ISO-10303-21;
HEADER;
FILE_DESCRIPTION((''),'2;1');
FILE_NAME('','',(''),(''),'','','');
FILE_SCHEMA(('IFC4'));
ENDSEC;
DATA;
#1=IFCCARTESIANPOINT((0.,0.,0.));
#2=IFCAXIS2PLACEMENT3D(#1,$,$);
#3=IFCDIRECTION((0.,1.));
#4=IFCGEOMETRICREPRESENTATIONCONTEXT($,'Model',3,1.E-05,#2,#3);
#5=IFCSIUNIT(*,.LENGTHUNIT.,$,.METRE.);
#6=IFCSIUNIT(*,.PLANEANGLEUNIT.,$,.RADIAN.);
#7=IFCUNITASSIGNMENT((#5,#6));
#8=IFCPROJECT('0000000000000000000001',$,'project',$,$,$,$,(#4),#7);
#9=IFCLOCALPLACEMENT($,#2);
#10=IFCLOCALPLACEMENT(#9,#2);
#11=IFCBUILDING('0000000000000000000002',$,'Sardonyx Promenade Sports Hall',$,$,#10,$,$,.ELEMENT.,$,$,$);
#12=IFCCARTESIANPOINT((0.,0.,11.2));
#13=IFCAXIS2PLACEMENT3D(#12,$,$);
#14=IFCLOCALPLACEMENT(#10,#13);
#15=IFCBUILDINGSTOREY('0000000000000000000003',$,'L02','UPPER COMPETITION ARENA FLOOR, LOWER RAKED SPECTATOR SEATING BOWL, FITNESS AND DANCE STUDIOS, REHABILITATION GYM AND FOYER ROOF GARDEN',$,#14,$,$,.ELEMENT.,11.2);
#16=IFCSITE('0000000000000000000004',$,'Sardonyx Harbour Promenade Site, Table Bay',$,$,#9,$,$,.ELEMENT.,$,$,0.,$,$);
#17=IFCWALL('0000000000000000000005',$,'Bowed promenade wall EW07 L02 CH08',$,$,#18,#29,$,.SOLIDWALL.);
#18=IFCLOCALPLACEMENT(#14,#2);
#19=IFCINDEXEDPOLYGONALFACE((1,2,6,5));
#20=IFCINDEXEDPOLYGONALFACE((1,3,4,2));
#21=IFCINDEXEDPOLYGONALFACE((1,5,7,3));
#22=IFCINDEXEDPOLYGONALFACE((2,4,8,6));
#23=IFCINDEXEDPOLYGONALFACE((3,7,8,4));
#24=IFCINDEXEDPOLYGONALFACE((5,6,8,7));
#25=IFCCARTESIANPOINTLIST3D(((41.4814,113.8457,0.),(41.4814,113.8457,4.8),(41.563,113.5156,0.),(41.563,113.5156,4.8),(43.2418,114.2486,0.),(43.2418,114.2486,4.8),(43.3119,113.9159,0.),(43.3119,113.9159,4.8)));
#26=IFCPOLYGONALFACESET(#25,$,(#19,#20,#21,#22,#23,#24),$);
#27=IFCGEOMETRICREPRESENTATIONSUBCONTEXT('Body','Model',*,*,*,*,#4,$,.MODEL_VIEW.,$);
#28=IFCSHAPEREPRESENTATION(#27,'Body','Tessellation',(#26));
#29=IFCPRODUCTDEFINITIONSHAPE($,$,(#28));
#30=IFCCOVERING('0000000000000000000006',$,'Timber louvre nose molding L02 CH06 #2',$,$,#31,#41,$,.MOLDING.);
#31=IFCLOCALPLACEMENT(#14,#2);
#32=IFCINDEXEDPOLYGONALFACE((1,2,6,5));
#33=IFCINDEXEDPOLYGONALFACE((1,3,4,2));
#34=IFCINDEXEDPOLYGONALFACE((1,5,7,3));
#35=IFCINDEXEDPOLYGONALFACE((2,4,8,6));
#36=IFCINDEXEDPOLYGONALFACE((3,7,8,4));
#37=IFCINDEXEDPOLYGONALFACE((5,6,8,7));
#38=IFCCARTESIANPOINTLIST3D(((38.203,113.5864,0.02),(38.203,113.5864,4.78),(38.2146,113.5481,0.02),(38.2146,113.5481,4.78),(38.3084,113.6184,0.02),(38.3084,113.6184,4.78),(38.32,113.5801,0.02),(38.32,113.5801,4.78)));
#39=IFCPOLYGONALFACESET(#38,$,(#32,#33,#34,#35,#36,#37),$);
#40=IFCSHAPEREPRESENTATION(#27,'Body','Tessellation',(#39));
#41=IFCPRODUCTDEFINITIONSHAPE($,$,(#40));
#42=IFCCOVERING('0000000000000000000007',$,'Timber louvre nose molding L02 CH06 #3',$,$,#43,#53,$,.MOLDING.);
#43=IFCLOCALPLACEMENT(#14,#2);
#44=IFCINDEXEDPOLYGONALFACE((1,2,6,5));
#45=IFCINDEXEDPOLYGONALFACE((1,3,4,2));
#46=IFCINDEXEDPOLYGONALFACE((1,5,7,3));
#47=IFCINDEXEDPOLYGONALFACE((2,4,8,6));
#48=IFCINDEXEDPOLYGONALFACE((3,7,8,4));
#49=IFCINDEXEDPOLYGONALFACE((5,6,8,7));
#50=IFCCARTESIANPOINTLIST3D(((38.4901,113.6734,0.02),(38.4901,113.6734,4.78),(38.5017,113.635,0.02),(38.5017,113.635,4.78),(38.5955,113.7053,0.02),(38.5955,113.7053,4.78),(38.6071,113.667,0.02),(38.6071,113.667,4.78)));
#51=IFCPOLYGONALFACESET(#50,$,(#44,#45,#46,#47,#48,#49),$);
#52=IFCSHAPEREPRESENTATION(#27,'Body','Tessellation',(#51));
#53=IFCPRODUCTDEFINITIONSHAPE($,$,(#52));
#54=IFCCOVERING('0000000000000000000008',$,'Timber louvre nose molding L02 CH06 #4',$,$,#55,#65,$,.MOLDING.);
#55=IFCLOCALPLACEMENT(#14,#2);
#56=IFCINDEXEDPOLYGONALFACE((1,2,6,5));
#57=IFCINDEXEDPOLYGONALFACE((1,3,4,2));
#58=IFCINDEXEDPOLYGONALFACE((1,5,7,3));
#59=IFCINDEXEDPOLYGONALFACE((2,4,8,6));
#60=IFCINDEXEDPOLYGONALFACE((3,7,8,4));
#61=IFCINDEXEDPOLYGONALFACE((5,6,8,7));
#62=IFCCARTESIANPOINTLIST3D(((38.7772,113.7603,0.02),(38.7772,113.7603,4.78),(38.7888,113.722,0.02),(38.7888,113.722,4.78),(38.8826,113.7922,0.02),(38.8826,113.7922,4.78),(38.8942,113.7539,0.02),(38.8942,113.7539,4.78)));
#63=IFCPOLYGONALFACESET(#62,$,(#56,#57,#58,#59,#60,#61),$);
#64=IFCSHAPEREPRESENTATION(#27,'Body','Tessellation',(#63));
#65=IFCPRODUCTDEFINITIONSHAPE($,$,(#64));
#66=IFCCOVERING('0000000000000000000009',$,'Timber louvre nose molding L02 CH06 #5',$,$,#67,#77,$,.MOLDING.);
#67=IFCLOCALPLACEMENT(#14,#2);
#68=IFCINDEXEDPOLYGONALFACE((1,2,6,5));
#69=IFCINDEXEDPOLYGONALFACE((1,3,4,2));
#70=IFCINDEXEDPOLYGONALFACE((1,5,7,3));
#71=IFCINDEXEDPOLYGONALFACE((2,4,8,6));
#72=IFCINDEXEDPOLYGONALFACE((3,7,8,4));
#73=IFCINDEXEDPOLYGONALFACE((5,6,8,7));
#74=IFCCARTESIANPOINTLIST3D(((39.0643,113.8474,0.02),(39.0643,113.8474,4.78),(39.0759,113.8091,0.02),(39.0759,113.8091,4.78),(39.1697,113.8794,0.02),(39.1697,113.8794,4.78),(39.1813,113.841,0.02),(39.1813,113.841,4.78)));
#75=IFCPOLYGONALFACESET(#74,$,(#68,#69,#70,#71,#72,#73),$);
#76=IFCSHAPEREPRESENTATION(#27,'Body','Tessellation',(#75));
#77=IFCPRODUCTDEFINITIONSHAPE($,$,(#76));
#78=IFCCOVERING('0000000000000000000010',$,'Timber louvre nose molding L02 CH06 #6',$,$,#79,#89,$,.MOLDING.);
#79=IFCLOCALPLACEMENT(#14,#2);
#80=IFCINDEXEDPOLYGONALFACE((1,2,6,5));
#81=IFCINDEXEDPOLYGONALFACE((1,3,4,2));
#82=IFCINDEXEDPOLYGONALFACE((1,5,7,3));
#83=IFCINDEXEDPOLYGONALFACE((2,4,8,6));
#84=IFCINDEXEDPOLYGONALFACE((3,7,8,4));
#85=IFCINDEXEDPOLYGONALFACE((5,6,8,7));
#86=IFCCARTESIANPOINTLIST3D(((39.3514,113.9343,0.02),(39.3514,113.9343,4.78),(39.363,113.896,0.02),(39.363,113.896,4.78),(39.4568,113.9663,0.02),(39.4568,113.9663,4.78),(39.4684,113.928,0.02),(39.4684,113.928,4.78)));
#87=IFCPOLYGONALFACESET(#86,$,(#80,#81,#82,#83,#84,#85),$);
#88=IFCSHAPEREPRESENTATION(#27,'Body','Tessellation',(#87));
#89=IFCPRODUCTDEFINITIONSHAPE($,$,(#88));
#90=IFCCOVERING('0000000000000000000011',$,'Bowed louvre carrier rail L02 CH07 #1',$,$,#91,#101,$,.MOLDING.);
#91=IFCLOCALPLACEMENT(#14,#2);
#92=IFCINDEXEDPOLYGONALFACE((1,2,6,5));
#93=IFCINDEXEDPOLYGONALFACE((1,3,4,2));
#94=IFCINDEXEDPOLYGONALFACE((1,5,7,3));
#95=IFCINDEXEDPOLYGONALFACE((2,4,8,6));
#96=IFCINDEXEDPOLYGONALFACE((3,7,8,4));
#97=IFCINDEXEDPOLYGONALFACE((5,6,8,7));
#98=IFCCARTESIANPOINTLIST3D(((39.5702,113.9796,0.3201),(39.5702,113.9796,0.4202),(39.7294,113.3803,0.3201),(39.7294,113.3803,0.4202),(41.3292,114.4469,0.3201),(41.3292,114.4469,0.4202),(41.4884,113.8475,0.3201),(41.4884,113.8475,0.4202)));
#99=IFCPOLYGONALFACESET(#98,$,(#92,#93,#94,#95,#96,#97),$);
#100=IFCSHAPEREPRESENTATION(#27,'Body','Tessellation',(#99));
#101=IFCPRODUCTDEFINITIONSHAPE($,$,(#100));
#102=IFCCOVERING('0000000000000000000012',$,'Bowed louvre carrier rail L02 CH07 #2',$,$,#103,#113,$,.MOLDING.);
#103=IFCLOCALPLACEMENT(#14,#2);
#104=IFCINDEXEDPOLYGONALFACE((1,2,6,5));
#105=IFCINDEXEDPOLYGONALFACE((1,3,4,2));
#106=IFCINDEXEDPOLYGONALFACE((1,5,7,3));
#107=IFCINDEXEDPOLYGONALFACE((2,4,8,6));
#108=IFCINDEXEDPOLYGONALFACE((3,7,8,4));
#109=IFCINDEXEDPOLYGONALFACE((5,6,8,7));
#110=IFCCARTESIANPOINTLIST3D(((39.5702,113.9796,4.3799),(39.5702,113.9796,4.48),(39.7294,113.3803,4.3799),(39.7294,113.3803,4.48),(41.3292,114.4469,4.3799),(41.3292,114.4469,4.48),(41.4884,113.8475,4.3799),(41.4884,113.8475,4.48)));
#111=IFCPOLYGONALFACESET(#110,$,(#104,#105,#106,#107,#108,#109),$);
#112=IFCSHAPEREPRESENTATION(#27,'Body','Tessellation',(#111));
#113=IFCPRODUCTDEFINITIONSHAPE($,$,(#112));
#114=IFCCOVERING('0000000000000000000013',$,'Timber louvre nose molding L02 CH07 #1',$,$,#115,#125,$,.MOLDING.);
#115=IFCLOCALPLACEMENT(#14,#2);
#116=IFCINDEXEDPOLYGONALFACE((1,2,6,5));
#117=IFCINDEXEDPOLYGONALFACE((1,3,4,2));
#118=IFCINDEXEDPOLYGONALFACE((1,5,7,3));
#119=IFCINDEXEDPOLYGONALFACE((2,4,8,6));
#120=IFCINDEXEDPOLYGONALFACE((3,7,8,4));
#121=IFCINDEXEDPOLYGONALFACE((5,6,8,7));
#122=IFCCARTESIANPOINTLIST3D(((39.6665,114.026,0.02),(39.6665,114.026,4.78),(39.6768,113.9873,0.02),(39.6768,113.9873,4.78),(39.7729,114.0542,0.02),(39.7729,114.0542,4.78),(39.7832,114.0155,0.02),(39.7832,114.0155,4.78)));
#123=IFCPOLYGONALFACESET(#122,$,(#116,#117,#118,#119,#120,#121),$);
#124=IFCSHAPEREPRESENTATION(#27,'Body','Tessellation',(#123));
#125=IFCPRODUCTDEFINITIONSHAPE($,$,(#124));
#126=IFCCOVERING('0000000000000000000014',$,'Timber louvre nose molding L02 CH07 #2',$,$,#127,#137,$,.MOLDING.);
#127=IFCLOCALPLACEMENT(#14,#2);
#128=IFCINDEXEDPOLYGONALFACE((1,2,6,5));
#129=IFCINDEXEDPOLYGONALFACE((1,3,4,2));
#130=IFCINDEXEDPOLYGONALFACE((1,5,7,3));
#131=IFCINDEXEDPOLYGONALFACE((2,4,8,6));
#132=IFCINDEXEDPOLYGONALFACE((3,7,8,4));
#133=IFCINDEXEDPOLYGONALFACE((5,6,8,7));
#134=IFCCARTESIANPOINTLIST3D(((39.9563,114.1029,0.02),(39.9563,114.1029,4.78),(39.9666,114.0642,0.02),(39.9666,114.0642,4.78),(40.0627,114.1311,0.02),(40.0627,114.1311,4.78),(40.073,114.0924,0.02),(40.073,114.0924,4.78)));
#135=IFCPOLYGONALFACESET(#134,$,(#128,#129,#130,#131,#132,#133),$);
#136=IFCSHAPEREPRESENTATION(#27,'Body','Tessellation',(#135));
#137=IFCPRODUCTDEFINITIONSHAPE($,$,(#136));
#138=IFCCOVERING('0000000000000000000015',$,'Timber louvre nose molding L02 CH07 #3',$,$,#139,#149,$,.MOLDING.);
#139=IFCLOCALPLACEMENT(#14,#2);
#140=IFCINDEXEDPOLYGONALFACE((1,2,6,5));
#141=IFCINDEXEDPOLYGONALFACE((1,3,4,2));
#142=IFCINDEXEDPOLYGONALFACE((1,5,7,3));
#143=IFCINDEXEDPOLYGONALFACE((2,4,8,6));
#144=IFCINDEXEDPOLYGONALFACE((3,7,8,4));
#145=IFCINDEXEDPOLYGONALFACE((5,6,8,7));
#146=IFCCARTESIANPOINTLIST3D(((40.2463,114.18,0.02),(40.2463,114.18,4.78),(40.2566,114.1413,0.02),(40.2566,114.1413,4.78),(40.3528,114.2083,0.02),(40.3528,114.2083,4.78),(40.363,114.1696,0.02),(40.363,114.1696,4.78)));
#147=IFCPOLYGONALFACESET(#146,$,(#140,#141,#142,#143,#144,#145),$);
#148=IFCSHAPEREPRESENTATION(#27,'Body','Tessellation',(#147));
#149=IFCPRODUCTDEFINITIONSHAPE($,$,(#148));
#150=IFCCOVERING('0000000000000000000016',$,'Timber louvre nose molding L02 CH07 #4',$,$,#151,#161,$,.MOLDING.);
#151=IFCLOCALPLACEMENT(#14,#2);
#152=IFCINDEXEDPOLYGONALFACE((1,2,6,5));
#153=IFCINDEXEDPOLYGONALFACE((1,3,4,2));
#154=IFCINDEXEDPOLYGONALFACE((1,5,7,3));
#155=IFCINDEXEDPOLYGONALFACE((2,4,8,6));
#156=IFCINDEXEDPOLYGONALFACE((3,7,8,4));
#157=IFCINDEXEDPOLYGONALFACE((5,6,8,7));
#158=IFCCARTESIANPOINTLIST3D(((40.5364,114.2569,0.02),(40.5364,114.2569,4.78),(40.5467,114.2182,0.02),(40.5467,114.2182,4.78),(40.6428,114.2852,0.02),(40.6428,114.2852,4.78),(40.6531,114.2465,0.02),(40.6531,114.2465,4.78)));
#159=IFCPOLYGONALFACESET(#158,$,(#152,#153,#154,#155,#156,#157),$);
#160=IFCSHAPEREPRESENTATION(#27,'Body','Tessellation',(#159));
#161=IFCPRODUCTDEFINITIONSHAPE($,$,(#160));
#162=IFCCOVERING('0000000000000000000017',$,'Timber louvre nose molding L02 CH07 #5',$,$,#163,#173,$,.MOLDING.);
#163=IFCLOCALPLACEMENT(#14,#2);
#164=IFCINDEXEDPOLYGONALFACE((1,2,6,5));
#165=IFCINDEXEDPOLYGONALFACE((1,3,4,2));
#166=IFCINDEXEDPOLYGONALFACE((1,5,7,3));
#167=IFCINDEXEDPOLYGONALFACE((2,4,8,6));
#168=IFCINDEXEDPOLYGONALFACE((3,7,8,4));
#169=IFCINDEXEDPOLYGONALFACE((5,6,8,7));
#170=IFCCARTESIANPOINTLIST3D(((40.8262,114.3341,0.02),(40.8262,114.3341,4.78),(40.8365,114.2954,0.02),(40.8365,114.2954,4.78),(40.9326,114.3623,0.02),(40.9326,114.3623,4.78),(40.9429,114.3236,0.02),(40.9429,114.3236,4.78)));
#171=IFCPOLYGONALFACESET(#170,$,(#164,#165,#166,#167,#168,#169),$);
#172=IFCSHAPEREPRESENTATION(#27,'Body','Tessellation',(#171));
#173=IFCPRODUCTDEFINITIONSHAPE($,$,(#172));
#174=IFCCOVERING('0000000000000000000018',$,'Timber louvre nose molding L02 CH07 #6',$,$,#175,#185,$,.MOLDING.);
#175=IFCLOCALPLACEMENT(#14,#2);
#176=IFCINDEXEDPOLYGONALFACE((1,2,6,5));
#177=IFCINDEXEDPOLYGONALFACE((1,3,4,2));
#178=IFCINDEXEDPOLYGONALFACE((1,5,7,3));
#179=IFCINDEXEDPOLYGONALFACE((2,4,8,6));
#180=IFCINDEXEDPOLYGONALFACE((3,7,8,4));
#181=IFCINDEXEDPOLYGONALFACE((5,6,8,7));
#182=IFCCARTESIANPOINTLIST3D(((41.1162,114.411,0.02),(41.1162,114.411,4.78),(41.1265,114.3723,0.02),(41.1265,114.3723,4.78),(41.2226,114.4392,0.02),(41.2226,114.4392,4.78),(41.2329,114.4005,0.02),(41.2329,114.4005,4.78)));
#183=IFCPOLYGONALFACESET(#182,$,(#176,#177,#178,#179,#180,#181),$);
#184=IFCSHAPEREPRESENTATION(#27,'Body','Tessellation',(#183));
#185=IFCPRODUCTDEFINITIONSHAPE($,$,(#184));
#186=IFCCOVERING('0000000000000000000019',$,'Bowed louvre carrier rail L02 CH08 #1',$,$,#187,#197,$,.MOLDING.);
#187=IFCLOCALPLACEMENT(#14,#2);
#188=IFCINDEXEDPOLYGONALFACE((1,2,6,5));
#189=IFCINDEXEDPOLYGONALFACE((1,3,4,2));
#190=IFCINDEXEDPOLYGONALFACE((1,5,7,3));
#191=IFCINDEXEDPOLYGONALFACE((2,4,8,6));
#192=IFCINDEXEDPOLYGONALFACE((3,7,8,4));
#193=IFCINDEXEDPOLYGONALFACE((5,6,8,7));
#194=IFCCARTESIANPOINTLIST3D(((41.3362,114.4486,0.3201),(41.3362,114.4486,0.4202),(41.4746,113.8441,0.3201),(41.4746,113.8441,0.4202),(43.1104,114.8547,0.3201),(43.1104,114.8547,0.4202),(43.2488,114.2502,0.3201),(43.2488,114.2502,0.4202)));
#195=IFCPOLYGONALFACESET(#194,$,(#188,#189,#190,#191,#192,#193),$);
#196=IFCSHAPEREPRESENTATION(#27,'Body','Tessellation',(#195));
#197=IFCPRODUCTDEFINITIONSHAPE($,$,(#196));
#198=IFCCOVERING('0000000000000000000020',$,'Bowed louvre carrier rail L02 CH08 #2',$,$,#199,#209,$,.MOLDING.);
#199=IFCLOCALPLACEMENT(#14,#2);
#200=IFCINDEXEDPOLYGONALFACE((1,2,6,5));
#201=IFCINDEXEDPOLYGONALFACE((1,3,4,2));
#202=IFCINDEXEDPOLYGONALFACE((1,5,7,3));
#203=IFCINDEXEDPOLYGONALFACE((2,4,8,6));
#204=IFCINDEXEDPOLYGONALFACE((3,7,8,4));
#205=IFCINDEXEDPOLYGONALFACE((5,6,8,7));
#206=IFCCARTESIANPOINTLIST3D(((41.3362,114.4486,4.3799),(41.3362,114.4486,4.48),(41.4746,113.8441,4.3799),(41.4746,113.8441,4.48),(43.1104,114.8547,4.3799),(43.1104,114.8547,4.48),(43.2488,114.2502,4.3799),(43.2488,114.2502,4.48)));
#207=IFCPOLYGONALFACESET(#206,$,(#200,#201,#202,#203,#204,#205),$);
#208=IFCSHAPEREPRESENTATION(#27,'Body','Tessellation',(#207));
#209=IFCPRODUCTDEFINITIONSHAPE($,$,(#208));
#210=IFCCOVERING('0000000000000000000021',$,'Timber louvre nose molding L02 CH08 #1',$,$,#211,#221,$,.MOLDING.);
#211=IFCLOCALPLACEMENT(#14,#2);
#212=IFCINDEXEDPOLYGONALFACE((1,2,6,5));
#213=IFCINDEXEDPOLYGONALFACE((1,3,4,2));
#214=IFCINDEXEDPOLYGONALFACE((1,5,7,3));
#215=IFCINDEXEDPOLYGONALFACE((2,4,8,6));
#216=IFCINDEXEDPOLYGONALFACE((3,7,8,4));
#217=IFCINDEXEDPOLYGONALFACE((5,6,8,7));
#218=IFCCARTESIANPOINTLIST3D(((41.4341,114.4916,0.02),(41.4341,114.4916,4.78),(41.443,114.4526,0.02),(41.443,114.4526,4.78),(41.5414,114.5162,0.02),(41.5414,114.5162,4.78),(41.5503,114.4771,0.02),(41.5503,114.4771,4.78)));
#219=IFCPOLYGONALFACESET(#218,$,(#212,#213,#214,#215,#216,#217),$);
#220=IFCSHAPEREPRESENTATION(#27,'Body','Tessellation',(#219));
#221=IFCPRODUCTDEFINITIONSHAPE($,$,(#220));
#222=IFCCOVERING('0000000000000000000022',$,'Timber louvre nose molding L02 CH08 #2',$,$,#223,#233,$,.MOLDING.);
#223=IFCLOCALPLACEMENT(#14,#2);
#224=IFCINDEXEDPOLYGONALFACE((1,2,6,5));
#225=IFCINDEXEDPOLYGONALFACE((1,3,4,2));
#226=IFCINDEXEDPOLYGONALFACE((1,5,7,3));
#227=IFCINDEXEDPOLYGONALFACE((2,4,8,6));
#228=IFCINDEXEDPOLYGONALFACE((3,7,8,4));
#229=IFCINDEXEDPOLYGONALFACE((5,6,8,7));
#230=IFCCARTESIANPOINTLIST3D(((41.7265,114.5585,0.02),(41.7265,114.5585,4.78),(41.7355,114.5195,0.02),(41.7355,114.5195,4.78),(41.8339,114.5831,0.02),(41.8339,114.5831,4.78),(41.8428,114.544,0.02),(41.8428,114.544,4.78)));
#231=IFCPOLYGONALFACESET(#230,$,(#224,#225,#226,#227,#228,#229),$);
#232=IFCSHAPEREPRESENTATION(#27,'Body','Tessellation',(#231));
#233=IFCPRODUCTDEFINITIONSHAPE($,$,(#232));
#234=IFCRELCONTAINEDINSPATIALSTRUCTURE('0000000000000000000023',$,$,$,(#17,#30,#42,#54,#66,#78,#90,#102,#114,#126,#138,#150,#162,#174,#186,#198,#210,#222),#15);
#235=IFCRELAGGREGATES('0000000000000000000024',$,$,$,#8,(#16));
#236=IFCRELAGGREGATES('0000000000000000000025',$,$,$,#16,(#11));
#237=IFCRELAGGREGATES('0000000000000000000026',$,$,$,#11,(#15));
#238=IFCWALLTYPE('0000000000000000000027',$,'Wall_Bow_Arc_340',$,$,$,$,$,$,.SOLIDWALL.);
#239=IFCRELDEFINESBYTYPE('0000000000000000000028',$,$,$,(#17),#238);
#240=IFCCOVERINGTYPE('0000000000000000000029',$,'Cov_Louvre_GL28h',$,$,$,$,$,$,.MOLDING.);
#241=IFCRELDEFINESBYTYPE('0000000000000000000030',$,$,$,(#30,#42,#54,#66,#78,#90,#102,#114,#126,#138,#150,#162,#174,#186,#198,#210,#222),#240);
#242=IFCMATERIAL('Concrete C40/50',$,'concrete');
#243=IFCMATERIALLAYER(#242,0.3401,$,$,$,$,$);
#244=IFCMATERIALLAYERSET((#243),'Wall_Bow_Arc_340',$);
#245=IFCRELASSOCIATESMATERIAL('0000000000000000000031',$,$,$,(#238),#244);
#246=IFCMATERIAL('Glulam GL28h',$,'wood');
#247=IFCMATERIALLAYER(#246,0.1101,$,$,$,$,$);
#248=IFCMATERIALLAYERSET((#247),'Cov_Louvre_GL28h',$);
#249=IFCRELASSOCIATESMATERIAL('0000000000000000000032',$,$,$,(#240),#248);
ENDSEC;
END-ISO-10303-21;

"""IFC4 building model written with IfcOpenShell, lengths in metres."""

from ifc_helpers import new_model, si_unit, direction, frame, origin, origin_2d, place, context, subcontext, project, spatial, polyline, rectangle, outline, extrude, material, layer, layer_set, type_object, element, save


model = new_model("IFC4")

# Units and contexts
model_context = context("Model", 3, precision=1e-05, world=origin(), true_north=direction((0.0, 1.0)))
body_context = subcontext(model_context, "Body", "Model", "MODEL_VIEW")
ifc_project = project(units=[si_unit("LENGTHUNIT", "METRE"), si_unit("PLANEANGLEUNIT", "RADIAN")], contexts=[model_context])

# Site, building, storey
site_placement = place(None, origin())
site = spatial("IfcSite", under=ifc_project, at=site_placement, Name="Sardonyx Harbour Promenade Site, Table Bay", CompositionType="ELEMENT", RefElevation=0.0)
building_placement = place(site_placement, origin())
building = spatial("IfcBuilding", under=site, at=building_placement, Name="Sardonyx Promenade Sports Hall", CompositionType="ELEMENT")
storey_placement = place(building_placement, frame((0.0, 0.0, 11.2)))
storey = spatial("IfcBuildingStorey", under=building, at=storey_placement, Name="L02", Description="UPPER COMPETITION ARENA FLOOR, LOWER RAKED SPECTATOR SEATING BOWL, FITNESS AND DANCE STUDIOS, REHABILITATION GYM AND FOYER ROOF GARDEN", CompositionType="ELEMENT", Elevation=11.2)

# Wall
ifc_material_1 = material(Name="Concrete C40/50", Category="concrete")
ifc_layer_1 = layer(ifc_material_1, 0.3401)
ifc_layer_set_1 = layer_set([ifc_layer_1], Name="Wall_Bow_Arc_340")
wall_type = type_object("IfcWallType", Name="Wall_Bow_Arc_340", PredefinedType="SOLIDWALL", material=ifc_layer_set_1)
wall_placement = place(storey_placement, frame((41.5222, 113.6807, 0.0), z_axis=(0.0, 0.0, 1.0), x_axis=(0.974792, 0.223116, 0.0)))
element("IfcWall", 1, at=wall_placement, inside=storey, type_object=wall_type, Name="Bowed promenade wall EW07 L02 CH08", PredefinedType="SOLIDWALL", context=body_context, shape_type="SweptSolid", body=[
    extrude(outline(polyline([(0.0029, -0.17), (1.7971, -0.17), (1.8029, 0.17), (-0.0029, 0.17), (0.0029, -0.17)])), origin(), (0.0, 0.0, 1.0), 4.8),
])

# Coverings
ifc_material_2 = material(Name="Glulam GL28h", Category="wood")
ifc_layer_2 = layer(ifc_material_2, 0.1101)
ifc_layer_set_2 = layer_set([ifc_layer_2], Name="Cov_Louvre_GL28h")
covering_type = type_object("IfcCoveringType", Name="Cov_Louvre_GL28h", PredefinedType="MOLDING", material=ifc_layer_set_2)
for number, where, z_axis, x_axis, name in (
    (2, (38.2615, 113.5833, 0.02), (0.0, 0.0, 1.0), (0.957021, 0.290017, 0.0), "Timber louvre nose molding L02 CH06 #2"),
    (3, (38.5486, 113.6702, 0.02), (0.0, 0.0, 1.0), (0.957021, 0.290017, 0.0), "Timber louvre nose molding L02 CH06 #3"),
    (4, (38.8357, 113.7571, 0.02), (0.0, 0.0, 1.0), (0.957021, 0.290017, 0.0), "Timber louvre nose molding L02 CH06 #4"),
    (5, (39.1228, 113.8442, 0.02), (0.0, 0.0, 1.0), (0.957021, 0.290017, 0.0), "Timber louvre nose molding L02 CH06 #5"),
    (6, (39.4099, 113.9312, 0.02), (0.0, 0.0, 1.0), (0.957021, 0.290017, 0.0), "Timber louvre nose molding L02 CH06 #6"),
):
    element("IfcCovering", number, at=place(storey_placement, frame(where, z_axis=z_axis, x_axis=x_axis)), inside=storey, type_object=covering_type, Name=name, PredefinedType="MOLDING", context=body_context, shape_type="SweptSolid", body=[
        extrude(rectangle(XDim=0.1101, YDim=0.04, at=origin_2d()), origin(), (0.0, 0.0, 1.0), 4.76),
    ])
for number, where, z_axis, x_axis, name in (
    (7, (40.5293, 113.9136, 0.3201), (0.0, 0.0, 1.0), (0.966485, 0.256721, 0.0), "Bowed louvre carrier rail L02 CH07 #1"),
    (8, (40.5293, 113.9136, 4.3799), (0.0, 0.0, 1.0), (0.966485, 0.256721, 0.0), "Bowed louvre carrier rail L02 CH07 #2"),
):
    element("IfcCovering", number, at=place(storey_placement, frame(where, z_axis=z_axis, x_axis=x_axis)), inside=storey, type_object=covering_type, Name=name, PredefinedType="MOLDING", context=body_context, shape_type="SweptSolid", body=[
        extrude(rectangle(XDim=1.8201, YDim=0.6201, at=origin_2d()), origin(), (0.0, 0.0, 1.0), 0.1001),
    ])
for number, where, z_axis, x_axis, name in (
    (9, (39.7249, 114.0208, 0.02), (0.0, 0.0, 1.0), (0.966485, 0.256721, 0.0), "Timber louvre nose molding L02 CH07 #1"),
    (10, (40.0146, 114.0977, 0.02), (0.0, 0.0, 1.0), (0.966485, 0.256721, 0.0), "Timber louvre nose molding L02 CH07 #2"),
    (11, (40.3047, 114.1748, 0.02), (0.0, 0.0, 1.0), (0.966485, 0.256721, 0.0), "Timber louvre nose molding L02 CH07 #3"),
    (12, (40.5947, 114.2517, 0.02), (0.0, 0.0, 1.0), (0.966485, 0.256721, 0.0), "Timber louvre nose molding L02 CH07 #4"),
    (13, (40.8845, 114.3289, 0.02), (0.0, 0.0, 1.0), (0.966485, 0.256721, 0.0), "Timber louvre nose molding L02 CH07 #5"),
    (14, (41.1746, 114.4058, 0.02), (0.0, 0.0, 1.0), (0.966485, 0.256721, 0.0), "Timber louvre nose molding L02 CH07 #6"),
):
    element("IfcCovering", number, at=place(storey_placement, frame(where, z_axis=z_axis, x_axis=x_axis)), inside=storey, type_object=covering_type, Name=name, PredefinedType="MOLDING", context=body_context, shape_type="SweptSolid", body=[
        extrude(rectangle(XDim=0.1101, YDim=0.04, at=origin_2d()), origin(), (0.0, 0.0, 1.0), 4.76),
    ])
for number, where, z_axis, x_axis, name in (
    (15, (42.2925, 114.3494, 0.3201), (0.0, 0.0, 1.0), (0.974792, 0.223117, 0.0), "Bowed louvre carrier rail L02 CH08 #1"),
    (16, (42.2925, 114.3494, 4.3799), (0.0, 0.0, 1.0), (0.974792, 0.223117, 0.0), "Bowed louvre carrier rail L02 CH08 #2"),
):
    element("IfcCovering", number, at=place(storey_placement, frame(where, z_axis=z_axis, x_axis=x_axis)), inside=storey, type_object=covering_type, Name=name, PredefinedType="MOLDING", context=body_context, shape_type="SweptSolid", body=[
        extrude(rectangle(XDim=1.8201, YDim=0.6201, at=origin_2d()), origin(), (0.0, 0.0, 1.0), 0.1001),
    ])
for number, where, z_axis, x_axis, name in (
    (17, (41.4922, 114.4844, 0.02), (0.0, 0.0, 1.0), (0.974792, 0.223117, 0.0), "Timber louvre nose molding L02 CH08 #1"),
    (18, (41.7847, 114.5513, 0.02), (0.0, 0.0, 1.0), (0.974792, 0.223117, 0.0), "Timber louvre nose molding L02 CH08 #2"),
):
    element("IfcCovering", number, at=place(storey_placement, frame(where, z_axis=z_axis, x_axis=x_axis)), inside=storey, type_object=covering_type, Name=name, PredefinedType="MOLDING", context=body_context, shape_type="SweptSolid", body=[
        extrude(rectangle(XDim=0.1101, YDim=0.04, at=origin_2d()), origin(), (0.0, 0.0, 1.0), 4.76),
    ])

save(model, "model.ifc")
